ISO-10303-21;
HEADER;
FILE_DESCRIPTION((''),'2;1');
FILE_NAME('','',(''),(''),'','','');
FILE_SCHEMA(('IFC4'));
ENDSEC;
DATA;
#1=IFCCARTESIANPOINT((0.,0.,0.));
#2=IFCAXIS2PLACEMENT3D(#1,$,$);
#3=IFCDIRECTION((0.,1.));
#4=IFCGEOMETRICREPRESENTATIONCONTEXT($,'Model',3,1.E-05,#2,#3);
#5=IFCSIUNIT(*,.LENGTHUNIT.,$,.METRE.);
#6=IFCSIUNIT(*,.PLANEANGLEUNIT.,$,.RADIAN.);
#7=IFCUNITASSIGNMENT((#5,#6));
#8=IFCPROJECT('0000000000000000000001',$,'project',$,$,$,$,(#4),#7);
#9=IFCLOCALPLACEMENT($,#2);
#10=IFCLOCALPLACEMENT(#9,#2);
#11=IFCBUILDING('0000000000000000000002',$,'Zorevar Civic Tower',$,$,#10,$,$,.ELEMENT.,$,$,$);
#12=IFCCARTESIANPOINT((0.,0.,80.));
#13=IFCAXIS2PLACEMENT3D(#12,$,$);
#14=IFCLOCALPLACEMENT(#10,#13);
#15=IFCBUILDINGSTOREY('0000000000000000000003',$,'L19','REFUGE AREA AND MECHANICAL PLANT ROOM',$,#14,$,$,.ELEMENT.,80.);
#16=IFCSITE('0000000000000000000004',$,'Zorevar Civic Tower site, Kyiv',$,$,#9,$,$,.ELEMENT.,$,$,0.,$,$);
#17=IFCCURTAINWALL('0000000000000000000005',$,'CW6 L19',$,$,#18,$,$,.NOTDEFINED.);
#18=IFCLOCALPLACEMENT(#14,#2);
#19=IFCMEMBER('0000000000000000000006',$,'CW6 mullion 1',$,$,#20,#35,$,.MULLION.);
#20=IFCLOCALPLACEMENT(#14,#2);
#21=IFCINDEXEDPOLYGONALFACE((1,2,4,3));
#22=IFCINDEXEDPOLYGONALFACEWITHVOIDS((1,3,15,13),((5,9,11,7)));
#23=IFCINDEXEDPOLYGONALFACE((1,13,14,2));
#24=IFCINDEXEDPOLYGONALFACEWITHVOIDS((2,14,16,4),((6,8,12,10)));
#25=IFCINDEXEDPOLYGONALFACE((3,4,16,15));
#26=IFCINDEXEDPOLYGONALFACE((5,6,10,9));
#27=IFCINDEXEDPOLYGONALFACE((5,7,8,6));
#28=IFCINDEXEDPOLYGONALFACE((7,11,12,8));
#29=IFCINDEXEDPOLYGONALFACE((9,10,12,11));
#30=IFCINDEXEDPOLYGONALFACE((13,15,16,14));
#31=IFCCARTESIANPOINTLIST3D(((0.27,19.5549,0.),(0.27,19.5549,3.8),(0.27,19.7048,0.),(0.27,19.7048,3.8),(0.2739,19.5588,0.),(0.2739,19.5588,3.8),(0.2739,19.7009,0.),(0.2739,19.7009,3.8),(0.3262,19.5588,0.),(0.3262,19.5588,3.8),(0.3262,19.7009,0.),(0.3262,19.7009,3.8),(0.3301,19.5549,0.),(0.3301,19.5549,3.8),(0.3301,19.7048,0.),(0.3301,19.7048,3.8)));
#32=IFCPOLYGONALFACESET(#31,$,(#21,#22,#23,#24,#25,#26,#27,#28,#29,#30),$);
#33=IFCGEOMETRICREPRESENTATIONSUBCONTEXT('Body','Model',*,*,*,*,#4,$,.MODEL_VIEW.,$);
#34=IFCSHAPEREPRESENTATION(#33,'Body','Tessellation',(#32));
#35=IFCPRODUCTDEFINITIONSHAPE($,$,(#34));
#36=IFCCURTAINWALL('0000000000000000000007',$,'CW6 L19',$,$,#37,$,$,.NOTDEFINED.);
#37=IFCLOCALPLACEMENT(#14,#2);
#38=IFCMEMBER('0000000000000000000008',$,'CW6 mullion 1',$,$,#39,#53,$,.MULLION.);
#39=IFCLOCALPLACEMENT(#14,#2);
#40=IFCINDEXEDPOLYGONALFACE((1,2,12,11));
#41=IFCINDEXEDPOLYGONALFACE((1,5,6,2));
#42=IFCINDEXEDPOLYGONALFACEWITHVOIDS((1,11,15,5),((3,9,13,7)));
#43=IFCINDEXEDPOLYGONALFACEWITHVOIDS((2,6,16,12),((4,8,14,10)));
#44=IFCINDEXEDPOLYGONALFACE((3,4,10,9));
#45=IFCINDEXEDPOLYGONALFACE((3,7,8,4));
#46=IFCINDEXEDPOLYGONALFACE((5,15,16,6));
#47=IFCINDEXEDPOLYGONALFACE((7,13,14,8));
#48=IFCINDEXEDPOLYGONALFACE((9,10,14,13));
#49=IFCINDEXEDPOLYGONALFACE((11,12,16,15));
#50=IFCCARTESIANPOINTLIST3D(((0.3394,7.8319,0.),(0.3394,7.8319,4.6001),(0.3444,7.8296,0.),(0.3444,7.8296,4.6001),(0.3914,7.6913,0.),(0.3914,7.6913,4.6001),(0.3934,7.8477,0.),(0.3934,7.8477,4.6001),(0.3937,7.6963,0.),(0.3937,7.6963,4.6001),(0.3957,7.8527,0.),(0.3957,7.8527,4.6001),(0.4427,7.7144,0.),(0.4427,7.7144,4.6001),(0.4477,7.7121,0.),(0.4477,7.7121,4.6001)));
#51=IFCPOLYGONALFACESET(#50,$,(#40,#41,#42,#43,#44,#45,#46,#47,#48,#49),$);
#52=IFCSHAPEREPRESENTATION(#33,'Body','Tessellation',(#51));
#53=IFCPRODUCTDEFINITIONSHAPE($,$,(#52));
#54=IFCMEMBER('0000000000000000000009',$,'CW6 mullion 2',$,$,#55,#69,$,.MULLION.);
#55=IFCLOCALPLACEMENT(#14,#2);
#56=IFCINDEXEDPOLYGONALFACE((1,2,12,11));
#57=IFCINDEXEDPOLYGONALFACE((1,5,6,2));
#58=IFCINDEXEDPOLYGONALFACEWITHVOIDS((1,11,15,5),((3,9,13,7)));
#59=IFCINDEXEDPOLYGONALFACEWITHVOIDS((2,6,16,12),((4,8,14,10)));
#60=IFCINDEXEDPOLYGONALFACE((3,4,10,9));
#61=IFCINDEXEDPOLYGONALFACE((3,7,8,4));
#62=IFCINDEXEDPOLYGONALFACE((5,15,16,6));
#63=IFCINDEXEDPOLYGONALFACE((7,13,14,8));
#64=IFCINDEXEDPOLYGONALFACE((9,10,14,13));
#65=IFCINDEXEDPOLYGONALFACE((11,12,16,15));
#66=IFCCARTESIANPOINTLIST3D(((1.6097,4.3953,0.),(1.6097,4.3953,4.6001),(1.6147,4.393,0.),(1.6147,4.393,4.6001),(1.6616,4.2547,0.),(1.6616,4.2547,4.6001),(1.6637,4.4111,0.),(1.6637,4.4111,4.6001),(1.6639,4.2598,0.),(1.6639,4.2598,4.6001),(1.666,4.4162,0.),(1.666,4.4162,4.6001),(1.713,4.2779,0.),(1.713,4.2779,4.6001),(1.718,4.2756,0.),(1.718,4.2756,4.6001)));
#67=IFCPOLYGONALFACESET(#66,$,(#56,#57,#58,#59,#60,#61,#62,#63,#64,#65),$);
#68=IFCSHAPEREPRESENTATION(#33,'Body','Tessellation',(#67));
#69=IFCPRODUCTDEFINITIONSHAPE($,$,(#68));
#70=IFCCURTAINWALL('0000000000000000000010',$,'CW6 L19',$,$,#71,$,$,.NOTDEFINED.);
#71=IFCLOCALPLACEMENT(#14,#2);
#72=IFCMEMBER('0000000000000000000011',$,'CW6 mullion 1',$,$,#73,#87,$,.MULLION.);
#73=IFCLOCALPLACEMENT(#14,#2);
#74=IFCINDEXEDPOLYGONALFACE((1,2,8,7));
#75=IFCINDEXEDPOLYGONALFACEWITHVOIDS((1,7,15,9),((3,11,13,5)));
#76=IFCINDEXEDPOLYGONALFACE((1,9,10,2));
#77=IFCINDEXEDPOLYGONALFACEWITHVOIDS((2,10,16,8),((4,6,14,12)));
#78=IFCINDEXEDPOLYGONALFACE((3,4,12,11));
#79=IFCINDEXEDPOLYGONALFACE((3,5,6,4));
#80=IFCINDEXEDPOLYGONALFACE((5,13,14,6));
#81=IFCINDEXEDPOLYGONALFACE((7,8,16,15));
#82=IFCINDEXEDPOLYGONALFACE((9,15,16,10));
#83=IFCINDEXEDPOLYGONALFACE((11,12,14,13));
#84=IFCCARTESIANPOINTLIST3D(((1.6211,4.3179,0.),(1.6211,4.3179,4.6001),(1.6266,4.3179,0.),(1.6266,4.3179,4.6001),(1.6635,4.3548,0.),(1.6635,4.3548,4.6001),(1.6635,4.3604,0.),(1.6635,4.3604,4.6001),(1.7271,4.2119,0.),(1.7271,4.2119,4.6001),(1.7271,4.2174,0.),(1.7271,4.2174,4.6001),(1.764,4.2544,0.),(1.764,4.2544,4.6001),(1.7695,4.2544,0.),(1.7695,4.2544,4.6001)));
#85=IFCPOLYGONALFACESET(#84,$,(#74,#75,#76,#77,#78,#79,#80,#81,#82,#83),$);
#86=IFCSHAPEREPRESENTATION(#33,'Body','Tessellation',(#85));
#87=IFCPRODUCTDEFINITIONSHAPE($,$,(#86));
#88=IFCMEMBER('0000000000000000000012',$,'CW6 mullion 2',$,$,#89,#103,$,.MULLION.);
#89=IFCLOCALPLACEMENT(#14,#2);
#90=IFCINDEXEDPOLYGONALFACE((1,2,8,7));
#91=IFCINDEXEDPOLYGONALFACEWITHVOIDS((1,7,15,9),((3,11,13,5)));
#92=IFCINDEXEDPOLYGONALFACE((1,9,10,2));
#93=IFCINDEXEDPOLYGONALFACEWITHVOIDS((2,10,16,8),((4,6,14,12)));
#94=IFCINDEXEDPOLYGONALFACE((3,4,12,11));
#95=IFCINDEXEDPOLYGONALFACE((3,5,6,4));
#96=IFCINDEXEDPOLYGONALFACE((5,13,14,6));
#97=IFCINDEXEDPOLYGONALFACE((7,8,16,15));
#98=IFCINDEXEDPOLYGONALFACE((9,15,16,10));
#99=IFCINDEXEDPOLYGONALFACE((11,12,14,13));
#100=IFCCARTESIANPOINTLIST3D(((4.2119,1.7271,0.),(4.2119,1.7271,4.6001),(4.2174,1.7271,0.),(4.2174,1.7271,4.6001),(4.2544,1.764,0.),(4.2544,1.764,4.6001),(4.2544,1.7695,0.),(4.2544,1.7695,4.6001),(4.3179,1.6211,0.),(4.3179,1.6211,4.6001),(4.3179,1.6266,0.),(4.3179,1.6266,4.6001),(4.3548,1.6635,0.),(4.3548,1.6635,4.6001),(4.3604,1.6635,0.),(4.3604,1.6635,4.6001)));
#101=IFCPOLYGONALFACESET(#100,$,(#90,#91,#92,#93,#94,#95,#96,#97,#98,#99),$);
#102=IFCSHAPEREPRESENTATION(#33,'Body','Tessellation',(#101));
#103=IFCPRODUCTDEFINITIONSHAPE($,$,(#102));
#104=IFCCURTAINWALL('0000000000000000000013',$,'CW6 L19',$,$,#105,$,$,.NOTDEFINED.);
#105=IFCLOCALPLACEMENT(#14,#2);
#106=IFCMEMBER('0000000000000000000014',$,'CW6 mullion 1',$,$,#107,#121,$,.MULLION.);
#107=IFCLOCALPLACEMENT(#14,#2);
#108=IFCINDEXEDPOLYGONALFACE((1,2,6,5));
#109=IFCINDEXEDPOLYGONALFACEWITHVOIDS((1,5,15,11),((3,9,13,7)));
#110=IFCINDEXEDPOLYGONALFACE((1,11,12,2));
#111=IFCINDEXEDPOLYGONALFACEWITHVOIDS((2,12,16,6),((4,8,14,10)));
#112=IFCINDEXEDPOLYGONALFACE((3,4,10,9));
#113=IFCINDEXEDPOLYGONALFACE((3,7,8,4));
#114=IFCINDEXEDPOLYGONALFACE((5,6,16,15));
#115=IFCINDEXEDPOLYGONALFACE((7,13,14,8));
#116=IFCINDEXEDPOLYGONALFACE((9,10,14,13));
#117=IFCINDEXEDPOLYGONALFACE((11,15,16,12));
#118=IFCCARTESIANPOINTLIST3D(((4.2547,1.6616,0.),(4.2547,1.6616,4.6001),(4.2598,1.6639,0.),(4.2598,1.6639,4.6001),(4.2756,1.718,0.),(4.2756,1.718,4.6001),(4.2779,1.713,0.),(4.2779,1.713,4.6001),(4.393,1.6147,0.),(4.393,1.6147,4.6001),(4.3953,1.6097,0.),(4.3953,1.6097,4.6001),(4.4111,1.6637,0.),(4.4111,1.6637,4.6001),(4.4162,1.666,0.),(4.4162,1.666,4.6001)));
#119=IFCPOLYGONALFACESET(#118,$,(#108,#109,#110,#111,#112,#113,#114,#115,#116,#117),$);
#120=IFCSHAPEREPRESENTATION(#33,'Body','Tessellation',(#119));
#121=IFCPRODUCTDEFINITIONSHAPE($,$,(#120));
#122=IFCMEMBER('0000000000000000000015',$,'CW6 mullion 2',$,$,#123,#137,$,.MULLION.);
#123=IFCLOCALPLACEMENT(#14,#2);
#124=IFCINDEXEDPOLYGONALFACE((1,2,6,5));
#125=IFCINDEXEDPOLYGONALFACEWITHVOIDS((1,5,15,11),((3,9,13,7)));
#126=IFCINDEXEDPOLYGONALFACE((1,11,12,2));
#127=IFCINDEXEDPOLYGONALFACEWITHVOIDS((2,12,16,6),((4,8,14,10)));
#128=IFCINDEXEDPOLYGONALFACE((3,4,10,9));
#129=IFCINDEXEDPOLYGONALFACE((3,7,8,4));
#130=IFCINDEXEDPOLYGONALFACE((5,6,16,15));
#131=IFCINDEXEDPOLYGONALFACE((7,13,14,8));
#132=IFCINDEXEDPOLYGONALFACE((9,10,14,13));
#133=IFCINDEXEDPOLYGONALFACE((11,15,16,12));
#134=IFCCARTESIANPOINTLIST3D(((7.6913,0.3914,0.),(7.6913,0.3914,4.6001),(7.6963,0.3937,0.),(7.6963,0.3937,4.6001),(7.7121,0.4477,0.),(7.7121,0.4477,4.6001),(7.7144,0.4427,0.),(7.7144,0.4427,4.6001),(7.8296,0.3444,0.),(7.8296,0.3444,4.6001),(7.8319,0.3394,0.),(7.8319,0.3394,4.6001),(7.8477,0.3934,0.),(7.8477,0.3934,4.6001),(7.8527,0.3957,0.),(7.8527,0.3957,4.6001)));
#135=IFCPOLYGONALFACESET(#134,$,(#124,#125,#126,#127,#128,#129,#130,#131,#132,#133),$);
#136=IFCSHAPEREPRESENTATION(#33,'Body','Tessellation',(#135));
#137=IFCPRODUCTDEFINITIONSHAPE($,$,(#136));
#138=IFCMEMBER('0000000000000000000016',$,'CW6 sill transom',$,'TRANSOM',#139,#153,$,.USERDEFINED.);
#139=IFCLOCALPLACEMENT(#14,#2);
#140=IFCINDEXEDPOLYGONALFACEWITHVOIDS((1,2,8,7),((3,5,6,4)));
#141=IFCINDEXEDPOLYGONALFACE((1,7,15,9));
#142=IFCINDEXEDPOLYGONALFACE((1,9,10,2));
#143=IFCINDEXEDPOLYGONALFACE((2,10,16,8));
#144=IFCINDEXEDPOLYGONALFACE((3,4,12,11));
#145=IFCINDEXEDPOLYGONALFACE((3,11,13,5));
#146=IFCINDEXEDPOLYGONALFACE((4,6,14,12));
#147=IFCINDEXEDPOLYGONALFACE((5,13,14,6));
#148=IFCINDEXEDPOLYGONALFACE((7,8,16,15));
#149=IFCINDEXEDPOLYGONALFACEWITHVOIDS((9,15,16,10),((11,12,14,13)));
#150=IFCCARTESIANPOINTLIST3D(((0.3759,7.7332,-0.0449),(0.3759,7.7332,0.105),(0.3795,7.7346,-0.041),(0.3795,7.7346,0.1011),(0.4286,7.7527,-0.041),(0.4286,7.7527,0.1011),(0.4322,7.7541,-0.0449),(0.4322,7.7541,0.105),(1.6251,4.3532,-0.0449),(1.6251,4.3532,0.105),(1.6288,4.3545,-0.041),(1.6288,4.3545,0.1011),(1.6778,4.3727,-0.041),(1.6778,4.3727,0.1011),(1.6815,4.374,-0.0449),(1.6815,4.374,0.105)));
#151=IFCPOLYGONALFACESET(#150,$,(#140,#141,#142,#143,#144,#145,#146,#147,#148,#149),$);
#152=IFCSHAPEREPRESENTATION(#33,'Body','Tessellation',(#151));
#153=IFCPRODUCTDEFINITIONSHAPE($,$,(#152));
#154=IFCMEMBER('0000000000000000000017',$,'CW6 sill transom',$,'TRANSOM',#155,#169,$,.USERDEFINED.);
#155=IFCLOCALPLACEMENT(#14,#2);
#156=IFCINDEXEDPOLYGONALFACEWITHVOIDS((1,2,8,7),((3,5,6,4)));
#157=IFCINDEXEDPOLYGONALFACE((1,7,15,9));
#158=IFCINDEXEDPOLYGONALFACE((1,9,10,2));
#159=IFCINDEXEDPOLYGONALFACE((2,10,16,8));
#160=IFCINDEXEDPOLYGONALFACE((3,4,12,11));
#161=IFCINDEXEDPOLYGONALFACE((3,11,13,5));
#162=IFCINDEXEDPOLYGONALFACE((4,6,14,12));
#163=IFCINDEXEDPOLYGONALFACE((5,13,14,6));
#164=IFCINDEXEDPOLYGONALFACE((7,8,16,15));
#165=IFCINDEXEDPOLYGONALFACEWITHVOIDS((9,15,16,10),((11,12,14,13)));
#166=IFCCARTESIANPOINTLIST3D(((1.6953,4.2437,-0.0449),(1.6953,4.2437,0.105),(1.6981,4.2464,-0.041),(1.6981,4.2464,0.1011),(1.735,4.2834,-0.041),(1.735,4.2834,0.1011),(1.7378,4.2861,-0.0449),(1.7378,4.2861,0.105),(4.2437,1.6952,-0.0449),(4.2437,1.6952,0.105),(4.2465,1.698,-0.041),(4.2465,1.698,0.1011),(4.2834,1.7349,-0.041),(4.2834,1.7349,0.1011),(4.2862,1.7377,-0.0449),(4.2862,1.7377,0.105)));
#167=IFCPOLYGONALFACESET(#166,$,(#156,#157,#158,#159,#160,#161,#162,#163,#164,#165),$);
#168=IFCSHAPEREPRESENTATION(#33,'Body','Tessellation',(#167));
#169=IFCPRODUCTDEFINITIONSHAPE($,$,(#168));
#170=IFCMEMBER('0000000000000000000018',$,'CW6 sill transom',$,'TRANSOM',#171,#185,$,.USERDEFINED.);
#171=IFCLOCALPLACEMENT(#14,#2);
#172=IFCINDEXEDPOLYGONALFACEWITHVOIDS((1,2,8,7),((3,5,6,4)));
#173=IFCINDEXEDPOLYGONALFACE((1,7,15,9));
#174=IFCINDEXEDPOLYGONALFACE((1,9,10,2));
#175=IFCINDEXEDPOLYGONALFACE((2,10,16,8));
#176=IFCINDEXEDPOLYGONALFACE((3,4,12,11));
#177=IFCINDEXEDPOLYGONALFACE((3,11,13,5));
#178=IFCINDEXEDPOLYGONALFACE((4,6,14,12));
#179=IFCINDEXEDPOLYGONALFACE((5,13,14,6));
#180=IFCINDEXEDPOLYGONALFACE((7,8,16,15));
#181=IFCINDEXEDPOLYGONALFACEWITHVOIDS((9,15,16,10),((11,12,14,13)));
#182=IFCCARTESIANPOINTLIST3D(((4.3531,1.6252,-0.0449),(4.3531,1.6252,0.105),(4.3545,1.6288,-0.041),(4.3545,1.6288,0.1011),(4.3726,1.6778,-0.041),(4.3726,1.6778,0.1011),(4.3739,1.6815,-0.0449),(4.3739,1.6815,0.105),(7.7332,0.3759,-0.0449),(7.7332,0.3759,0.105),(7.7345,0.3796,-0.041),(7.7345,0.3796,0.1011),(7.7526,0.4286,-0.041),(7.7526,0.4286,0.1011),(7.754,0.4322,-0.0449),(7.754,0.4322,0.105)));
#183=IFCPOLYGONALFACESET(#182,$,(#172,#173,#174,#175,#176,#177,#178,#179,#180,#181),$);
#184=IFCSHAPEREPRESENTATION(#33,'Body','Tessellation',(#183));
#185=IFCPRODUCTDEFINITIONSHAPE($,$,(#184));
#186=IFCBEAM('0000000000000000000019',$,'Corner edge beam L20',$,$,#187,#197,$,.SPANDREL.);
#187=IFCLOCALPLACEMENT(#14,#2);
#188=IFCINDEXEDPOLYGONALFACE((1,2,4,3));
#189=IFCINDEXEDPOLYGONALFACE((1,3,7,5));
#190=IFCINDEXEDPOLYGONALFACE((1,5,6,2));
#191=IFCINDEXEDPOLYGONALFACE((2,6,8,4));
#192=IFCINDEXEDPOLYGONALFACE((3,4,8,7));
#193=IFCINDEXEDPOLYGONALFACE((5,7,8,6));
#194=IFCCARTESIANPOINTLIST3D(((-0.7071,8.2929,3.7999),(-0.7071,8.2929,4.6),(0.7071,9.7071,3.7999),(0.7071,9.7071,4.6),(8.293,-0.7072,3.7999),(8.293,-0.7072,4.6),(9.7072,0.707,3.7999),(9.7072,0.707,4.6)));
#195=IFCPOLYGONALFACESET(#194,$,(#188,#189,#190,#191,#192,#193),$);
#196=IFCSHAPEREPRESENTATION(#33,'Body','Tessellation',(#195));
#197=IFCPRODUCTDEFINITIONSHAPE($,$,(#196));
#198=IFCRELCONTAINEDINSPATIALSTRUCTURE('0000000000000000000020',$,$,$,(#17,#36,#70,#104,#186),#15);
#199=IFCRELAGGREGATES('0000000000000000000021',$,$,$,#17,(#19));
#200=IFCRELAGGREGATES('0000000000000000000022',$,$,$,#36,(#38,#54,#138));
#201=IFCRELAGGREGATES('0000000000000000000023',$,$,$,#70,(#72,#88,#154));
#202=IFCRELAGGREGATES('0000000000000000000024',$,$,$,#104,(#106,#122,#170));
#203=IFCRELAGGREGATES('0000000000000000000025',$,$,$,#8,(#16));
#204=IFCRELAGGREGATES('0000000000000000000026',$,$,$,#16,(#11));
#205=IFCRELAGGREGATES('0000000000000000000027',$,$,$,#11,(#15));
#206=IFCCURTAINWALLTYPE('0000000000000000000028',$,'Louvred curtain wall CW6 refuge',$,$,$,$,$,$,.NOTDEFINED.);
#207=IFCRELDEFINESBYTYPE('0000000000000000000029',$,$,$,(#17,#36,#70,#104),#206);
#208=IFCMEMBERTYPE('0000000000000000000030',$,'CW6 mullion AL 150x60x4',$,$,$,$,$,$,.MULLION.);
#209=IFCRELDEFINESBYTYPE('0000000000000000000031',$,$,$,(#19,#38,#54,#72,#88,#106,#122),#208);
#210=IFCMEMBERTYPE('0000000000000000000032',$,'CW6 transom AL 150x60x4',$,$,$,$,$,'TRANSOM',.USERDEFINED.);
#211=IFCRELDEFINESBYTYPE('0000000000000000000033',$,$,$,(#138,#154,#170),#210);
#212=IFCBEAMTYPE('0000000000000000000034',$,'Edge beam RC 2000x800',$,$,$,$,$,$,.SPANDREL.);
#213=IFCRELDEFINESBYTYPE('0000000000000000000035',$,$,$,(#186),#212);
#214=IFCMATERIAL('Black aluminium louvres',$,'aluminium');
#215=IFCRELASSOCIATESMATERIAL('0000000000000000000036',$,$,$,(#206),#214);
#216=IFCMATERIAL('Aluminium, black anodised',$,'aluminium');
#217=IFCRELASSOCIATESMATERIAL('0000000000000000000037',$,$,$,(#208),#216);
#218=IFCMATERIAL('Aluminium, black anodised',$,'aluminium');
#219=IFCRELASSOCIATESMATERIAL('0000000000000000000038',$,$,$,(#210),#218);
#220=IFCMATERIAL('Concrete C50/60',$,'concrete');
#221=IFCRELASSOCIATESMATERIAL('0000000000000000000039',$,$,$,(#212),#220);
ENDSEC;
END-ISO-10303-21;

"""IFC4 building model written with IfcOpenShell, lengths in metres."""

from ifc_helpers import new_model, si_unit, direction, frame, origin, origin_2d, place, context, subcontext, project, spatial, rectangle, hollow_rectangle, extrude, material, material_profile, profile_set, type_object, element, aggregate, save


model = new_model("IFC4")

# Units and contexts
model_context = context("Model", 3, precision=1e-05, world=origin(), true_north=direction((0.0, 1.0)))
body_context = subcontext(model_context, "Body", "Model", "MODEL_VIEW")
ifc_project = project(units=[si_unit("LENGTHUNIT", "METRE"), si_unit("PLANEANGLEUNIT", "RADIAN")], contexts=[model_context])

# Site, building, storey
site_placement = place(None, origin())
site = spatial("IfcSite", under=ifc_project, at=site_placement, Name="Zorevar Civic Tower site, Kyiv", CompositionType="ELEMENT", RefElevation=0.0)
building_placement = place(site_placement, origin())
building = spatial("IfcBuilding", under=site, at=building_placement, Name="Zorevar Civic Tower", CompositionType="ELEMENT")
storey_placement = place(building_placement, frame((0.0, 0.0, 80.0)))
storey = spatial("IfcBuildingStorey", under=building, at=storey_placement, Name="L19", Description="REFUGE AREA AND MECHANICAL PLANT ROOM", CompositionType="ELEMENT", Elevation=80.0)

# Curtain wall, member
ifc_material_1 = material(Name="Black aluminium louvres", Category="aluminium")
curtain_wall_type = type_object("IfcCurtainWallType", Name="Louvred curtain wall CW6 refuge", PredefinedType="NOTDEFINED", material=ifc_material_1)
curtain_wall_1_placement = place(storey_placement, origin())
curtain_wall_1 = element("IfcCurtainWall", 1, at=curtain_wall_1_placement, inside=storey, type_object=curtain_wall_type, Name="CW6 L19", PredefinedType="NOTDEFINED")
ifc_material_2 = material(Name="Aluminium, black anodised", Category="aluminium")
ifc_material_profile_1 = material_profile(ifc_material_2, hollow_rectangle(XDim=0.0601, YDim=0.1499, WallThickness=0.0039, at=origin_2d()), Name="AL 150x60x4")
ifc_profile_set_1 = profile_set([ifc_material_profile_1], Name="Aluminium, black anodised")
member_type_1 = type_object("IfcMemberType", Name="CW6 mullion AL 150x60x4", PredefinedType="MULLION", material=ifc_profile_set_1)
member_1_placement = place(storey_placement, frame((0.3, 19.6299, 0.0), z_axis=(0.0, 0.0, 1.0), x_axis=(-1.0, 0.0, 0.0)))
member_1 = element("IfcMember", 2, at=member_1_placement, type_object=member_type_1, Name="CW6 mullion 1", PredefinedType="MULLION", context=body_context, shape_type="SweptSolid", body=[
    extrude(hollow_rectangle(XDim=0.0601, YDim=0.1499, WallThickness=0.0039, at=origin_2d()), origin(), (0.0, 0.0, 1.0), 3.8),
])
aggregate(curtain_wall_1, [member_1])

# Curtain walls, members
curtain_wall_2_placement = place(storey_placement, origin())
curtain_wall_2 = element("IfcCurtainWall", 3, at=curtain_wall_2_placement, inside=storey, type_object=curtain_wall_type, Name="CW6 L19", PredefinedType="NOTDEFINED")
member_2_placement = place(storey_placement, frame((0.3936, 7.772, 0.0), z_axis=(0.0, 0.0, 1.0), x_axis=(0.937975, 0.346704, 0.0)))
member_2 = element("IfcMember", 4, at=member_2_placement, type_object=member_type_1, Name="CW6 mullion 1", PredefinedType="MULLION", context=body_context, shape_type="SweptSolid", body=[
    extrude(hollow_rectangle(XDim=0.0601, YDim=0.1499, WallThickness=0.0039, at=origin_2d()), origin(), (0.0, 0.0, 1.0), 4.6001),
])
member_3_placement = place(storey_placement, frame((1.6638, 4.3354, 0.0), z_axis=(0.0, 0.0, 1.0), x_axis=(0.937975, 0.346704, 0.0)))
member_3 = element("IfcMember", 5, at=member_3_placement, type_object=member_type_1, Name="CW6 mullion 2", PredefinedType="MULLION", context=body_context, shape_type="SweptSolid", body=[
    extrude(hollow_rectangle(XDim=0.0601, YDim=0.1499, WallThickness=0.0039, at=origin_2d()), origin(), (0.0, 0.0, 1.0), 4.6001),
])
curtain_wall_3_placement = place(storey_placement, origin())
curtain_wall_3 = element("IfcCurtainWall", 6, at=curtain_wall_3_placement, inside=storey, type_object=curtain_wall_type, Name="CW6 L19", PredefinedType="NOTDEFINED")
member_4_placement = place(storey_placement, frame((1.6953, 4.2861, 0.0), z_axis=(0.0, 0.0, 1.0), x_axis=(0.707107, 0.707107, 0.0)))
member_4 = element("IfcMember", 7, at=member_4_placement, type_object=member_type_1, Name="CW6 mullion 1", PredefinedType="MULLION", context=body_context, shape_type="SweptSolid", body=[
    extrude(hollow_rectangle(XDim=0.0601, YDim=0.1499, WallThickness=0.0039, at=origin_2d()), origin(), (0.0, 0.0, 1.0), 4.6001),
])
member_5_placement = place(storey_placement, frame((4.2861, 1.6953, 0.0), z_axis=(0.0, 0.0, 1.0), x_axis=(0.707107, 0.707107, 0.0)))
member_5 = element("IfcMember", 8, at=member_5_placement, type_object=member_type_1, Name="CW6 mullion 2", PredefinedType="MULLION", context=body_context, shape_type="SweptSolid", body=[
    extrude(hollow_rectangle(XDim=0.0601, YDim=0.1499, WallThickness=0.0039, at=origin_2d()), origin(), (0.0, 0.0, 1.0), 4.6001),
])
curtain_wall_4_placement = place(storey_placement, origin())
curtain_wall_4 = element("IfcCurtainWall", 9, at=curtain_wall_4_placement, inside=storey, type_object=curtain_wall_type, Name="CW6 L19", PredefinedType="NOTDEFINED")
member_6_placement = place(storey_placement, frame((4.3354, 1.6638, 0.0), z_axis=(0.0, 0.0, 1.0), x_axis=(0.346704, 0.937975, 0.0)))
member_6 = element("IfcMember", 10, at=member_6_placement, type_object=member_type_1, Name="CW6 mullion 1", PredefinedType="MULLION", context=body_context, shape_type="SweptSolid", body=[
    extrude(hollow_rectangle(XDim=0.0601, YDim=0.1499, WallThickness=0.0039, at=origin_2d()), origin(), (0.0, 0.0, 1.0), 4.6001),
])
member_7_placement = place(storey_placement, frame((7.772, 0.3936, 0.0), z_axis=(0.0, 0.0, 1.0), x_axis=(0.346704, 0.937975, 0.0)))
member_7 = element("IfcMember", 11, at=member_7_placement, type_object=member_type_1, Name="CW6 mullion 2", PredefinedType="MULLION", context=body_context, shape_type="SweptSolid", body=[
    extrude(hollow_rectangle(XDim=0.0601, YDim=0.1499, WallThickness=0.0039, at=origin_2d()), origin(), (0.0, 0.0, 1.0), 4.6001),
])

# Members
ifc_material_3 = material(Name="Aluminium, black anodised", Category="aluminium")
ifc_material_profile_2 = material_profile(ifc_material_3, hollow_rectangle(XDim=0.0601, YDim=0.1499, WallThickness=0.0039, at=origin_2d()), Name="AL 150x60x4")
ifc_profile_set_2 = profile_set([ifc_material_profile_2], Name="Aluminium, black anodised")
member_type_2 = type_object("IfcMemberType", Name="CW6 transom AL 150x60x4", ElementType="TRANSOM", PredefinedType="USERDEFINED", material=ifc_profile_set_2)
member_8_placement = place(storey_placement, frame((0.4041, 7.7437, 0.03), z_axis=(0.346672, -0.937986, 0.0), x_axis=(0.937986, 0.346672, 0.0)))
member_8 = element("IfcMember", 12, at=member_8_placement, type_object=member_type_2, Name="CW6 sill transom", ObjectType="TRANSOM", PredefinedType="USERDEFINED", context=body_context, shape_type="SweptSolid", body=[
    extrude(hollow_rectangle(XDim=0.0601, YDim=0.1499, WallThickness=0.0039, at=origin_2d()), origin(), (0.0, 0.0, 1.0), 3.6035),
])
member_9_placement = place(storey_placement, frame((1.7166, 4.2649, 0.03), z_axis=(0.707107, -0.707107, 0.0), x_axis=(0.707107, 0.707107, 0.0)))
member_9 = element("IfcMember", 13, at=member_9_placement, type_object=member_type_2, Name="CW6 sill transom", ObjectType="TRANSOM", PredefinedType="USERDEFINED", context=body_context, shape_type="SweptSolid", body=[
    extrude(hollow_rectangle(XDim=0.0601, YDim=0.1499, WallThickness=0.0039, at=origin_2d()), origin(), (0.0, 0.0, 1.0), 3.604),
])
member_10_placement = place(storey_placement, frame((4.3635, 1.6533, 0.03), z_axis=(0.937986, -0.346672, 0.0), x_axis=(0.346672, 0.937986, 0.0)))
member_10 = element("IfcMember", 14, at=member_10_placement, type_object=member_type_2, Name="CW6 sill transom", ObjectType="TRANSOM", PredefinedType="USERDEFINED", context=body_context, shape_type="SweptSolid", body=[
    extrude(hollow_rectangle(XDim=0.0601, YDim=0.1499, WallThickness=0.0039, at=origin_2d()), origin(), (0.0, 0.0, 1.0), 3.6035),
])

# Beam
ifc_material_4 = material(Name="Concrete C50/60", Category="concrete")
ifc_material_profile_3 = material_profile(ifc_material_4, rectangle(XDim=2.0, YDim=0.8, at=origin_2d()), Name="RC 2000x800")
ifc_profile_set_3 = profile_set([ifc_material_profile_3], Name="Concrete C50/60")
beam_type_1 = type_object("IfcBeamType", Name="Edge beam RC 2000x800", PredefinedType="SPANDREL", material=ifc_profile_set_3)
beam_1_placement = place(storey_placement, frame((0.0, 9.0, 4.2), z_axis=(0.707107, -0.707107, 0.0), x_axis=(0.707107, 0.707107, 0.0)))
element("IfcBeam", 15, at=beam_1_placement, inside=storey, type_object=beam_type_1, Name="Corner edge beam L20", PredefinedType="SPANDREL", context=body_context, shape_type="SweptSolid", body=[
    extrude(rectangle(XDim=2.0, YDim=0.8, at=origin_2d()), origin(), (0.0, 0.0, 1.0), 12.728),
])

aggregate(curtain_wall_2, [member_2, member_3, member_8])
aggregate(curtain_wall_3, [member_4, member_5, member_9])
aggregate(curtain_wall_4, [member_6, member_7, member_10])

save(model, "model.ifc")
